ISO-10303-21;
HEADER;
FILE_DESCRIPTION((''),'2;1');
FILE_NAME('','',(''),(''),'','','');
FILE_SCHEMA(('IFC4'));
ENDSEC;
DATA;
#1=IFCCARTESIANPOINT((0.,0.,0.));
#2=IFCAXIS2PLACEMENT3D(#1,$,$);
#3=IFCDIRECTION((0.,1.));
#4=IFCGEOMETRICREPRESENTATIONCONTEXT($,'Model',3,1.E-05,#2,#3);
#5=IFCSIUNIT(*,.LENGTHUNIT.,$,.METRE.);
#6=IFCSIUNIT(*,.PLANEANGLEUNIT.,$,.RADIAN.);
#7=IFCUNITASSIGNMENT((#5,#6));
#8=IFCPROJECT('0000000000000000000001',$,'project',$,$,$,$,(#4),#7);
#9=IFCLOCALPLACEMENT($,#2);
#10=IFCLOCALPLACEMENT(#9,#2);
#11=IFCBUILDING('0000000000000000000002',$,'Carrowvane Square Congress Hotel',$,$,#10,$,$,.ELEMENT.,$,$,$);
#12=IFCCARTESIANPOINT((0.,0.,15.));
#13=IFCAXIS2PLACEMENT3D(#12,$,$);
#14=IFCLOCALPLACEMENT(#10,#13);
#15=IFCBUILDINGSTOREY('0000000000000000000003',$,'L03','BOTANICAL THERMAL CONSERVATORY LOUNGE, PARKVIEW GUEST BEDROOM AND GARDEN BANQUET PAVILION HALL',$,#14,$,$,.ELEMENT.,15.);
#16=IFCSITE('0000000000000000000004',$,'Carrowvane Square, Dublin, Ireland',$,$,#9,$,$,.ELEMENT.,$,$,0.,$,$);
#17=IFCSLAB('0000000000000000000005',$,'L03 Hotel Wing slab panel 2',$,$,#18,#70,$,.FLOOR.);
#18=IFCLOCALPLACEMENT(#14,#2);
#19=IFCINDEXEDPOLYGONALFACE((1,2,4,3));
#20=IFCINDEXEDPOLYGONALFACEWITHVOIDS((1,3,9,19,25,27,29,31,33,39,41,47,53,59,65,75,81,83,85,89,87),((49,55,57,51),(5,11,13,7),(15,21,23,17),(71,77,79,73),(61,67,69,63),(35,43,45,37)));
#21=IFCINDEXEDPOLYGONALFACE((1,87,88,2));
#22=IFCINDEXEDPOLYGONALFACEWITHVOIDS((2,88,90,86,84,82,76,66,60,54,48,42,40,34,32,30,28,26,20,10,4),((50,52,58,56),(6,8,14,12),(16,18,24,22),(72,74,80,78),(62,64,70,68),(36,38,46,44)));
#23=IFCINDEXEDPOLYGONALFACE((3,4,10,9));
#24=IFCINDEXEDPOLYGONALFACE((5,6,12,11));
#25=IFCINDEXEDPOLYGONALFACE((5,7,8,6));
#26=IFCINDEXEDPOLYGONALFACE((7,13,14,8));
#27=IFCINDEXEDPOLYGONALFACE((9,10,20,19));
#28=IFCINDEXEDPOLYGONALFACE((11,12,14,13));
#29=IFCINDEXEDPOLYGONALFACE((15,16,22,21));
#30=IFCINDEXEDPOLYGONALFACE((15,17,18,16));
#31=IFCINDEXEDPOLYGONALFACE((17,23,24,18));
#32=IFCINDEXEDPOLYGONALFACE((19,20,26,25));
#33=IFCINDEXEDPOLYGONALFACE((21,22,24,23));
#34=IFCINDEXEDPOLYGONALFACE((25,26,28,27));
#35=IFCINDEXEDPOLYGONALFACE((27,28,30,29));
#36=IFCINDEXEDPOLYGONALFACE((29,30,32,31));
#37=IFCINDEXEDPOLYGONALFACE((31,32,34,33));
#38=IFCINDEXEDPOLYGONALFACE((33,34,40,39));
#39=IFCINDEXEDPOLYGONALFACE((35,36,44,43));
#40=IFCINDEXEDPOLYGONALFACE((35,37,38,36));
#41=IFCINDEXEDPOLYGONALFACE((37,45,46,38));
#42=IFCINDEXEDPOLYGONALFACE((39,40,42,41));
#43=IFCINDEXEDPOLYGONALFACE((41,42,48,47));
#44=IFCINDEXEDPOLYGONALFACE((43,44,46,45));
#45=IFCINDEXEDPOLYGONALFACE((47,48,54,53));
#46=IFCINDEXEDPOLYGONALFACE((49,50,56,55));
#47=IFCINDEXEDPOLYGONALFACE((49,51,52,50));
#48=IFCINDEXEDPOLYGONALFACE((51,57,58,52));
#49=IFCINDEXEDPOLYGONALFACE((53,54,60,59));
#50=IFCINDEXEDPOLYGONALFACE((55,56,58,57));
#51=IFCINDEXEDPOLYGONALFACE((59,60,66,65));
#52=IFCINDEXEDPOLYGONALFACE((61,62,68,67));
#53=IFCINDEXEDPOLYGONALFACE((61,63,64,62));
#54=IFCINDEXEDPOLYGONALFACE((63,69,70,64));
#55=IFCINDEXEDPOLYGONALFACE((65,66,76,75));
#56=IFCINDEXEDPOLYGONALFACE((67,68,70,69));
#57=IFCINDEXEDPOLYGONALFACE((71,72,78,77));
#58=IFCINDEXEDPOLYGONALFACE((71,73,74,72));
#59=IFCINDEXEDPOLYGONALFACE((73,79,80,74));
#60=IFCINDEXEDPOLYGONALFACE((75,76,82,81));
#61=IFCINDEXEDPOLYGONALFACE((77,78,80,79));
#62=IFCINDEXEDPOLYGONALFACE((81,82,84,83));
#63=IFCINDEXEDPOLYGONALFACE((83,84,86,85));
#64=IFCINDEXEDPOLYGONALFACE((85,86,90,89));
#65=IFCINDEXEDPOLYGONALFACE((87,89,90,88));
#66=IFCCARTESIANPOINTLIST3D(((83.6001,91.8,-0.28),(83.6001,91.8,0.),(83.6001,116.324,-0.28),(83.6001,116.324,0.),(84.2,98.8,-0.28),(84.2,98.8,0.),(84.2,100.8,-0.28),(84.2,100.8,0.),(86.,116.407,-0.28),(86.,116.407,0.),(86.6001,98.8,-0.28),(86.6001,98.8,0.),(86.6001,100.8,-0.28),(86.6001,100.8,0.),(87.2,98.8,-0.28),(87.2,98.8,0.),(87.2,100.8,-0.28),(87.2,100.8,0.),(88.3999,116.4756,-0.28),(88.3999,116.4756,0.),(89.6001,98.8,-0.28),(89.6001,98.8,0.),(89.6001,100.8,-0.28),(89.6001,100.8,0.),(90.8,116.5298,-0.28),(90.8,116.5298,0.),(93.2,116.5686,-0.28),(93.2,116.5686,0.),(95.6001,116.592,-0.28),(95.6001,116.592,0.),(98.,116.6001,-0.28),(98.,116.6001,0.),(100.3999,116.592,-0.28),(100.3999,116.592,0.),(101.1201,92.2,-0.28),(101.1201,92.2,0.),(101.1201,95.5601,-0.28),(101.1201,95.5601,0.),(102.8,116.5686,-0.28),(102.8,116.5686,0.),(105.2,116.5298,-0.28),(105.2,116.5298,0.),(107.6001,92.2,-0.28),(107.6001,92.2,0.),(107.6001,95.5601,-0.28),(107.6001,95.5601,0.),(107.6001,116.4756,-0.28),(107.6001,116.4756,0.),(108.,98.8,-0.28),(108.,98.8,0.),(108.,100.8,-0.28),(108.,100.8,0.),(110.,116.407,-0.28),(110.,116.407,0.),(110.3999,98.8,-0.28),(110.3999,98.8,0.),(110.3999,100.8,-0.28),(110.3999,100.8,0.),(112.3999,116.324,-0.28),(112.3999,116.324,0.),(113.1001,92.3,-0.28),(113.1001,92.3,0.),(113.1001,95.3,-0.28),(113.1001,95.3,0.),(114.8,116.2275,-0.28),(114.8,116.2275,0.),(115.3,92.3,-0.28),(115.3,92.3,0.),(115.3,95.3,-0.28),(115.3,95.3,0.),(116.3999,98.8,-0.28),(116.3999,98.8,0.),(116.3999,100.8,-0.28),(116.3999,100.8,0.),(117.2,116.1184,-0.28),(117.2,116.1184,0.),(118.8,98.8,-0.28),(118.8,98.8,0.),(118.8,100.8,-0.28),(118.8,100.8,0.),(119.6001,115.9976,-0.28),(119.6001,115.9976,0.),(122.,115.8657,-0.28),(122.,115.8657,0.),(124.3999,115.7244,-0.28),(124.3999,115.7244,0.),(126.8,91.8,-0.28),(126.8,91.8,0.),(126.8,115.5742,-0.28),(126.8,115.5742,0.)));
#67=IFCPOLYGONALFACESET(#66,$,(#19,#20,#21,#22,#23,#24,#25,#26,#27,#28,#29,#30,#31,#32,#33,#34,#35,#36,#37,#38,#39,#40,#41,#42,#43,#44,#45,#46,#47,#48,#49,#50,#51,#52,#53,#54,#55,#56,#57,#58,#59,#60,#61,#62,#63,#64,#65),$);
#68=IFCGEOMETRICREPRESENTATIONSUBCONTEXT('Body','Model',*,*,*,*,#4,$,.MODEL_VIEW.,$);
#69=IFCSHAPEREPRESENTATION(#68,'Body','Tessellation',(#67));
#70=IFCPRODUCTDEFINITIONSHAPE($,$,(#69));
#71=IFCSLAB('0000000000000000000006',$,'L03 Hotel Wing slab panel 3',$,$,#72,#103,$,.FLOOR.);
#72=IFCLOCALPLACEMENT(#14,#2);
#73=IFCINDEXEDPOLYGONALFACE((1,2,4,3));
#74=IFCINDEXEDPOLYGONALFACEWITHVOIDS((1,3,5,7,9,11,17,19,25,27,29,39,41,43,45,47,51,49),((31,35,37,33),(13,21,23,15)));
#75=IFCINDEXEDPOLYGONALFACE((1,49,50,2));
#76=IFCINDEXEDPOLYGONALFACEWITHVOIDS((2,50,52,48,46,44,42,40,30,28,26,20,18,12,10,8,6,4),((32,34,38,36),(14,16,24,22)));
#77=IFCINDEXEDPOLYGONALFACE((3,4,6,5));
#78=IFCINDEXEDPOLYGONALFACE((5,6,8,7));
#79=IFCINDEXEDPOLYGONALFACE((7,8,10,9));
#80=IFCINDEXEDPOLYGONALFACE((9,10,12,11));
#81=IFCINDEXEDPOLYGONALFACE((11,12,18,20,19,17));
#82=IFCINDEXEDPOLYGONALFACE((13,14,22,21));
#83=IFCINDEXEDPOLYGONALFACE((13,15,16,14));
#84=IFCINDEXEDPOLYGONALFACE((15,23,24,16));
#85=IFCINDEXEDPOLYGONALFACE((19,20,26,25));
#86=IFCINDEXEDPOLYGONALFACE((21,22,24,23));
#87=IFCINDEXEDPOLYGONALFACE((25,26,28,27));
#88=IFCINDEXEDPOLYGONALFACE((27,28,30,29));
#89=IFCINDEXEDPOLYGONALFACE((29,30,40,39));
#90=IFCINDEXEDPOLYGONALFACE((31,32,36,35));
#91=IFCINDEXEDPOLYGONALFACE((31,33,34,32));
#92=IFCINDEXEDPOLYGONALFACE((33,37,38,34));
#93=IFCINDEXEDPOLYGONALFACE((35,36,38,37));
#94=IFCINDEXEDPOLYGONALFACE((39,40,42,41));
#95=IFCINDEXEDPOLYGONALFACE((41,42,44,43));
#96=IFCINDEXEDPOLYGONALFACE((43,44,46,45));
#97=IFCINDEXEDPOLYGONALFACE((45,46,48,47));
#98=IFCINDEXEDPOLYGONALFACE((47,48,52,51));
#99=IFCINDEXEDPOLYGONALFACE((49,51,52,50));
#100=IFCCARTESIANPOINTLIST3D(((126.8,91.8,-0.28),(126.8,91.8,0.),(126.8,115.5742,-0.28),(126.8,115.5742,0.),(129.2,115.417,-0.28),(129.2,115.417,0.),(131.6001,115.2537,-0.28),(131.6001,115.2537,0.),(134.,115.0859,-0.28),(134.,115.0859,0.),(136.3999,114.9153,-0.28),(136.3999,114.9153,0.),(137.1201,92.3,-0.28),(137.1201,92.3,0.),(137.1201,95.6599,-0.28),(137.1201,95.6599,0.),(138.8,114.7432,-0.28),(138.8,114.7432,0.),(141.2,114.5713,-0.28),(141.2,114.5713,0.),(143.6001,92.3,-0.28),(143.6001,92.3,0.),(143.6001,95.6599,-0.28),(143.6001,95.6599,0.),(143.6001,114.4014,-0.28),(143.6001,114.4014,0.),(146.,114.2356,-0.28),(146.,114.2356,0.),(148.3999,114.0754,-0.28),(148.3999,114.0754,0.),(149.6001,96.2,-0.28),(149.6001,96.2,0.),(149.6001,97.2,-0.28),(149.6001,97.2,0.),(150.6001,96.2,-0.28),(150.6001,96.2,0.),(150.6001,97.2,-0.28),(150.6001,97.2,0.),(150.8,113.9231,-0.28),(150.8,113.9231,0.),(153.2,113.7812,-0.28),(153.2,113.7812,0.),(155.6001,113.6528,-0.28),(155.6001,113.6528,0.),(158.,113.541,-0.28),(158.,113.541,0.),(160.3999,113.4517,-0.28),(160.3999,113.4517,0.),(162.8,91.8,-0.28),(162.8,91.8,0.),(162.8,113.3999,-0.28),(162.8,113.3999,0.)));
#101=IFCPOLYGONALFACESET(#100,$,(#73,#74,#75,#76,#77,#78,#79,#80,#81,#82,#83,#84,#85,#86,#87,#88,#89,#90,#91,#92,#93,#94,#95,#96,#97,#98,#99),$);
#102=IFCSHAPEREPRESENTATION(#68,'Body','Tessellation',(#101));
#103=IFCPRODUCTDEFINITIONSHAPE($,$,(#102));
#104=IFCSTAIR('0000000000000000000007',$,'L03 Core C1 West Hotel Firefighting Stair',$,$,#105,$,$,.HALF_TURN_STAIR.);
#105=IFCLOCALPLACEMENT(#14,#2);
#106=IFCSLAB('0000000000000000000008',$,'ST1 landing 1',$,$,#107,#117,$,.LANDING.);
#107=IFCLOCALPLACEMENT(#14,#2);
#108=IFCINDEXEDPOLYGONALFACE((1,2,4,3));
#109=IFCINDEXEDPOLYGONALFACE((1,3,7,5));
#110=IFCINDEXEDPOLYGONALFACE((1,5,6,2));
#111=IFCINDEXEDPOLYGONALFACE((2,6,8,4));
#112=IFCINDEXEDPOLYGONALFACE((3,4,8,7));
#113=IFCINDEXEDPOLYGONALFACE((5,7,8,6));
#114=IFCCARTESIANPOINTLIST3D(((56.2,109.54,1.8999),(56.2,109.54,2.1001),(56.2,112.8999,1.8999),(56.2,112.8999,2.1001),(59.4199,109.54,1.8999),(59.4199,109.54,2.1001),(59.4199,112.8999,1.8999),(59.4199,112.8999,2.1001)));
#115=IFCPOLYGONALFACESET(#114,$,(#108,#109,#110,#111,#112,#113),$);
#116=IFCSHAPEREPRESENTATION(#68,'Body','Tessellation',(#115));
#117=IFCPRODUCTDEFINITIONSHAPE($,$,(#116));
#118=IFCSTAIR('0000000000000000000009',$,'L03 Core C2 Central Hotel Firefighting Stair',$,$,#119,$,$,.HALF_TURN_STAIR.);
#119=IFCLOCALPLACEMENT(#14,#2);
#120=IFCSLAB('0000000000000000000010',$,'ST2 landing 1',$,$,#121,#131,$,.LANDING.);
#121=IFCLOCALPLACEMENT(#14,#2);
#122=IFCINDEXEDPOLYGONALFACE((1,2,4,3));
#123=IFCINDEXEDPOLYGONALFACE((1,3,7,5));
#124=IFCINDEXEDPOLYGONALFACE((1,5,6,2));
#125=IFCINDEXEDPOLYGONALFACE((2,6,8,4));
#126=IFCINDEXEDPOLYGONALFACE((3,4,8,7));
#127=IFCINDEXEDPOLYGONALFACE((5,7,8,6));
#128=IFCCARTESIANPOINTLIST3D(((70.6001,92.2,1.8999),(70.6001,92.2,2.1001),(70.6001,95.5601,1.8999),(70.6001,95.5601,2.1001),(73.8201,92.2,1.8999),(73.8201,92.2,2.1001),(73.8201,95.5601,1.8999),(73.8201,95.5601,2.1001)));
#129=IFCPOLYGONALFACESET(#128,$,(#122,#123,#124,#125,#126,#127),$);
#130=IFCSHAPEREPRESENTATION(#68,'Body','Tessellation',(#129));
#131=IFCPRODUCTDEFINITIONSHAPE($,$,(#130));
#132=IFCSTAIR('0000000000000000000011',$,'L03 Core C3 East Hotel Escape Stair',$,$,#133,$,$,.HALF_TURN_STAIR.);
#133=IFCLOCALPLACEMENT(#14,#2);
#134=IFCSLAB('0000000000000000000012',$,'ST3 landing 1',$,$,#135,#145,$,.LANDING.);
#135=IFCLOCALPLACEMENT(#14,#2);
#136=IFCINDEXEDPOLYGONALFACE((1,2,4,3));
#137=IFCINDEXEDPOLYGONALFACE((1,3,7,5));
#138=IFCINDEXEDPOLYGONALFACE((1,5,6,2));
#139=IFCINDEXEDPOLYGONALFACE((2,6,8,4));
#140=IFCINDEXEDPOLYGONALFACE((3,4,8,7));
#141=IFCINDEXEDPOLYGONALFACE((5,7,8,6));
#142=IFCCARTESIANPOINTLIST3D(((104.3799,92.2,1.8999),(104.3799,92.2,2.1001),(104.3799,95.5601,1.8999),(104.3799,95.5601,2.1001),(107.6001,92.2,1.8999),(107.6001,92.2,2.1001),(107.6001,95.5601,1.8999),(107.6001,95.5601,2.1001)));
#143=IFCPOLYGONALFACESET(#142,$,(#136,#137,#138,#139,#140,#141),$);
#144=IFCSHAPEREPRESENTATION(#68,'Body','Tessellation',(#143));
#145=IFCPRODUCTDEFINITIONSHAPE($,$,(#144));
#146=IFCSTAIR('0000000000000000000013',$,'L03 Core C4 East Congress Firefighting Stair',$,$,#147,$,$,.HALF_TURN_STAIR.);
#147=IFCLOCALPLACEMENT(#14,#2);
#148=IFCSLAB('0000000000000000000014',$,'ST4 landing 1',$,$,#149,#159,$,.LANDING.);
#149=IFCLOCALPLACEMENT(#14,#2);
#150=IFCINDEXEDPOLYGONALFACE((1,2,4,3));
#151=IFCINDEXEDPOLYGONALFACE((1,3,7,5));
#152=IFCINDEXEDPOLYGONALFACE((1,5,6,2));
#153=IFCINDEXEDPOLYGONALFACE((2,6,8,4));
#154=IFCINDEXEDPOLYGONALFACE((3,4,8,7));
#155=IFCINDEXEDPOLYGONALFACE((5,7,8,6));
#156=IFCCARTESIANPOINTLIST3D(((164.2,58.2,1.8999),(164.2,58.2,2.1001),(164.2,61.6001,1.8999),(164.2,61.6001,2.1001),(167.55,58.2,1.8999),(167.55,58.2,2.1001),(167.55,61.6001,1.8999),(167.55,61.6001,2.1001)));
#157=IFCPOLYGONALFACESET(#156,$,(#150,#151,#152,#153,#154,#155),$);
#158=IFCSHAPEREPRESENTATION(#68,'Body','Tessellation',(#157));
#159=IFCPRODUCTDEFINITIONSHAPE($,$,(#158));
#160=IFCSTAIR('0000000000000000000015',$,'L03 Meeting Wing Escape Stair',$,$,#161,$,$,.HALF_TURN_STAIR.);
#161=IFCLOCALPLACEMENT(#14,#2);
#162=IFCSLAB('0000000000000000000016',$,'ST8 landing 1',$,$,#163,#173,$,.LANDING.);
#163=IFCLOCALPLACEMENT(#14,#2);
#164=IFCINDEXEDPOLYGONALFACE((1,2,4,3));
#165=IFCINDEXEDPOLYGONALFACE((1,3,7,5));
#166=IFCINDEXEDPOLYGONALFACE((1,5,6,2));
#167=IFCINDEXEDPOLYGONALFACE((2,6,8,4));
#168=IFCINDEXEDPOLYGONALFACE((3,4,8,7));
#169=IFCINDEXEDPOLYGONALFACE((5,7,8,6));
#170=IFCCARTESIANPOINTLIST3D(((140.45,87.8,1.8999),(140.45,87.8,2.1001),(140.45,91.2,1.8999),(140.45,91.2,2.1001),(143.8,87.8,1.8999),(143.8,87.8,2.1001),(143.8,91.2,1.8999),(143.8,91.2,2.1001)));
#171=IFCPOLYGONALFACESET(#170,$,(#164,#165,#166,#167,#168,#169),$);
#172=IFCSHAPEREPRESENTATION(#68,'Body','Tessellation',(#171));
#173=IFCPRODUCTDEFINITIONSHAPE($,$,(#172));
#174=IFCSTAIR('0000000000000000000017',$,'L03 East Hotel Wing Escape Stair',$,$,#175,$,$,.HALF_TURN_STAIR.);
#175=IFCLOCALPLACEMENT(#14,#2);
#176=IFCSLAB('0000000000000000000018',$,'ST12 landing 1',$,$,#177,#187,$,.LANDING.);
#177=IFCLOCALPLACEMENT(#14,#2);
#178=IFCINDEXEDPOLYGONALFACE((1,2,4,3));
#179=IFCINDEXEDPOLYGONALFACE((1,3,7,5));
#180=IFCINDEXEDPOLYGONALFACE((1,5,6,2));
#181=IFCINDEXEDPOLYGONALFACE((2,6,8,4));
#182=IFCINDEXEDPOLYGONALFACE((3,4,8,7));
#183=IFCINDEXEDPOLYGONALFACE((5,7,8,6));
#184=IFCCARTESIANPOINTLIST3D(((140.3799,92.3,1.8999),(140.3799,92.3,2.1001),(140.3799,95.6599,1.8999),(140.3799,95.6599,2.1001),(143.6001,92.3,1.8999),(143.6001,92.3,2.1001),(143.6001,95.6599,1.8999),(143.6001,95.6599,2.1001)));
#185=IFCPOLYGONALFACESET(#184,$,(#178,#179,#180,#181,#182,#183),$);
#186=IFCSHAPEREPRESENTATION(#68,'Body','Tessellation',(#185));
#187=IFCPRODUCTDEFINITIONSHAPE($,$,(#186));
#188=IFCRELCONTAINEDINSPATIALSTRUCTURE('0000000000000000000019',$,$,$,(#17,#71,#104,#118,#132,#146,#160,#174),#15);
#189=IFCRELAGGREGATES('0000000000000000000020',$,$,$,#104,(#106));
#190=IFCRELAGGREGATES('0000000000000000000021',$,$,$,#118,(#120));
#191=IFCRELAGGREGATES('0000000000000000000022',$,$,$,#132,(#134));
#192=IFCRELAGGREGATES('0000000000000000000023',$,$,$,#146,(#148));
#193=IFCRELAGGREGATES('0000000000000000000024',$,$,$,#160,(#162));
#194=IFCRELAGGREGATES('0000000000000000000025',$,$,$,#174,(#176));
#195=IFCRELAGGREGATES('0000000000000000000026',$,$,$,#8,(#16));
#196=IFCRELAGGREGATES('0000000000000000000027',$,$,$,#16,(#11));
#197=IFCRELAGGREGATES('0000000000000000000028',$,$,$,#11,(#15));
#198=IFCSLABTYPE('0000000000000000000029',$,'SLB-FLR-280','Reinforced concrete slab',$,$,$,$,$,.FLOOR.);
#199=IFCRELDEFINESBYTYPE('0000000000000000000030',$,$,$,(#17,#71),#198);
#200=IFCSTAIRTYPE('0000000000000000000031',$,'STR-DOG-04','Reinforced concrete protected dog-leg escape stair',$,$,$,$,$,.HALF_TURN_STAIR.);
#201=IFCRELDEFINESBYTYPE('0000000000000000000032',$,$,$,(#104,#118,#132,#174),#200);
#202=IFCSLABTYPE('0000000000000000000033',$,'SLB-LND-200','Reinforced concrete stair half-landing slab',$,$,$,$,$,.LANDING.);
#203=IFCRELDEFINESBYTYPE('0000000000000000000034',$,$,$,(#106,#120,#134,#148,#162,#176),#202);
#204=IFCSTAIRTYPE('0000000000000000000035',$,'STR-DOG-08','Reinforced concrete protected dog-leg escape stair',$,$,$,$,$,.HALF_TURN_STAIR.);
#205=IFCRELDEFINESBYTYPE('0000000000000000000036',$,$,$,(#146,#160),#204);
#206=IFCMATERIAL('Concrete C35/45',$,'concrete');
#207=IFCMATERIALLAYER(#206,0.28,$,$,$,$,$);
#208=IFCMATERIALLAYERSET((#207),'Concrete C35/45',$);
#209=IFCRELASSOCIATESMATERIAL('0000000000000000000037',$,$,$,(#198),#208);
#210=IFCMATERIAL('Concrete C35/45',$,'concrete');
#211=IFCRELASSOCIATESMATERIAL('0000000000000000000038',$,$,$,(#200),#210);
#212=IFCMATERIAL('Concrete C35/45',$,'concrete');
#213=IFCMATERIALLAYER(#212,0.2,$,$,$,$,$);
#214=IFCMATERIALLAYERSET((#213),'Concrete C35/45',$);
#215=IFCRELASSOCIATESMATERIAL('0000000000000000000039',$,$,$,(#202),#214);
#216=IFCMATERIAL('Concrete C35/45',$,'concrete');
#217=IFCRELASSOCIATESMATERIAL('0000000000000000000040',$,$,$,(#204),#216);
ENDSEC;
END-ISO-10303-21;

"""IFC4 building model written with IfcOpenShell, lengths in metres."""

from ifc_helpers import new_model, si_unit, direction, frame, origin, place, context, subcontext, project, spatial, polyline, outline, extrude, material, layer, layer_set, type_object, element, aggregate, save


model = new_model("IFC4")

# Units and contexts
model_context = context("Model", 3, precision=1e-05, world=origin(), true_north=direction((0.0, 1.0)))
body_context = subcontext(model_context, "Body", "Model", "MODEL_VIEW")
ifc_project = project(units=[si_unit("LENGTHUNIT", "METRE"), si_unit("PLANEANGLEUNIT", "RADIAN")], contexts=[model_context])

# Site, building, storey
site_placement = place(None, origin())
site = spatial("IfcSite", under=ifc_project, at=site_placement, Name="Carrowvane Square, Dublin, Ireland", CompositionType="ELEMENT", RefElevation=0.0)
building_placement = place(site_placement, origin())
building = spatial("IfcBuilding", under=site, at=building_placement, Name="Carrowvane Square Congress Hotel", CompositionType="ELEMENT")
storey_placement = place(building_placement, frame((0.0, 0.0, 15.0)))
storey = spatial("IfcBuildingStorey", under=building, at=storey_placement, Name="L03", Description="BOTANICAL THERMAL CONSERVATORY LOUNGE, PARKVIEW GUEST BEDROOM AND GARDEN BANQUET PAVILION HALL", CompositionType="ELEMENT", Elevation=15.0)

# Slabs
ifc_material_1 = material(Name="Concrete C35/45", Category="concrete")
ifc_layer_1 = layer(ifc_material_1, 0.28)
ifc_layer_set_1 = layer_set([ifc_layer_1], Name="Concrete C35/45")
slab_type_1 = type_object("IfcSlabType", Name="SLB-FLR-280", Description="Reinforced concrete slab", PredefinedType="FLOOR", material=ifc_layer_set_1)
slab_1_placement = place(storey_placement, frame((0.0, 0.0, -0.28)))
element("IfcSlab", 1, at=slab_1_placement, inside=storey, type_object=slab_type_1, Name="L03 Hotel Wing slab panel 2", PredefinedType="FLOOR", context=body_context, shape_type="SweptSolid", body=[
    extrude(outline(polyline([(83.6001, 91.8), (126.8, 91.8), (126.8, 115.5742), (124.3999, 115.7244), (122.0, 115.8657), (119.6001, 115.9976), (117.2, 116.1184), (114.8, 116.2275), (112.3999, 116.324), (110.0, 116.407), (107.6001, 116.4756), (105.2, 116.5298), (102.8, 116.5686), (100.3999, 116.592), (98.0, 116.6001), (95.6001, 116.592), (93.2, 116.5686), (90.8, 116.5298), (88.3999, 116.4756), (86.0, 116.407), (83.6001, 116.324), (83.6001, 91.8)]), holes=[polyline([(101.1201, 92.2), (107.6001, 92.2), (107.6001, 95.5601), (101.1201, 95.5601), (101.1201, 92.2)]), polyline([(84.2, 98.8), (86.6001, 98.8), (86.6001, 100.8), (84.2, 100.8), (84.2, 98.8)]), polyline([(87.2, 98.8), (89.6001, 98.8), (89.6001, 100.8), (87.2, 100.8), (87.2, 98.8)]), polyline([(108.0, 98.8), (110.3999, 98.8), (110.3999, 100.8), (108.0, 100.8), (108.0, 98.8)]), polyline([(116.3999, 98.8), (118.8, 98.8), (118.8, 100.8), (116.3999, 100.8), (116.3999, 98.8)]), polyline([(113.1001, 92.3), (115.3, 92.3), (115.3, 95.3), (113.1001, 95.3), (113.1001, 92.3)])]), origin(), (0.0, 0.0, 1.0), 0.28),
])
slab_2_placement = place(storey_placement, frame((0.0, 0.0, -0.28)))
element("IfcSlab", 2, at=slab_2_placement, inside=storey, type_object=slab_type_1, Name="L03 Hotel Wing slab panel 3", PredefinedType="FLOOR", context=body_context, shape_type="SweptSolid", body=[
    extrude(outline(polyline([(126.8, 91.8), (162.8, 91.8), (162.8, 113.3999), (160.3999, 113.4517), (158.0, 113.541), (155.6001, 113.6528), (153.2, 113.7812), (150.8, 113.9231), (148.3999, 114.0754), (146.0, 114.2356), (143.6001, 114.4014), (141.2, 114.5713), (138.8, 114.7432), (136.3999, 114.9153), (134.0, 115.0859), (131.6001, 115.2537), (129.2, 115.417), (126.8, 115.5742), (126.8, 91.8)]), holes=[polyline([(137.1201, 92.3), (143.6001, 92.3), (143.6001, 95.6599), (137.1201, 95.6599), (137.1201, 92.3)]), polyline([(149.6001, 96.2), (150.6001, 96.2), (150.6001, 97.2), (149.6001, 97.2), (149.6001, 96.2)])]), origin(), (0.0, 0.0, 1.0), 0.28),
])

# Stairs, slabs
ifc_material_2 = material(Name="Concrete C35/45", Category="concrete")
stair_type_1 = type_object("IfcStairType", Name="STR-DOG-04", Description="Reinforced concrete protected dog-leg escape stair", PredefinedType="HALF_TURN_STAIR", material=ifc_material_2)
stair_1_placement = place(storey_placement, origin())
stair_1 = element("IfcStair", 3, at=stair_1_placement, inside=storey, type_object=stair_type_1, Name="L03 Core C1 West Hotel Firefighting Stair", PredefinedType="HALF_TURN_STAIR")
ifc_material_3 = material(Name="Concrete C35/45", Category="concrete")
ifc_layer_2 = layer(ifc_material_3, 0.2)
ifc_layer_set_2 = layer_set([ifc_layer_2], Name="Concrete C35/45")
slab_type_2 = type_object("IfcSlabType", Name="SLB-LND-200", Description="Reinforced concrete stair half-landing slab", PredefinedType="LANDING", material=ifc_layer_set_2)
slab_3_placement = place(storey_placement, frame((0.0, 0.0, 1.8999)))
slab_3 = element("IfcSlab", 4, at=slab_3_placement, type_object=slab_type_2, Name="ST1 landing 1", PredefinedType="LANDING", context=body_context, shape_type="SweptSolid", body=[
    extrude(outline(polyline([(59.4199, 112.8999), (56.2, 112.8999), (56.2, 109.54), (59.4199, 109.54), (59.4199, 112.8999)])), origin(), (0.0, 0.0, 1.0), 0.2002),
])
aggregate(stair_1, [slab_3])
stair_2_placement = place(storey_placement, origin())
stair_2 = element("IfcStair", 5, at=stair_2_placement, inside=storey, type_object=stair_type_1, Name="L03 Core C2 Central Hotel Firefighting Stair", PredefinedType="HALF_TURN_STAIR")
slab_4_placement = place(storey_placement, frame((0.0, 0.0, 1.8999)))
slab_4 = element("IfcSlab", 6, at=slab_4_placement, type_object=slab_type_2, Name="ST2 landing 1", PredefinedType="LANDING", context=body_context, shape_type="SweptSolid", body=[
    extrude(outline(polyline([(73.8201, 95.5601), (70.6001, 95.5601), (70.6001, 92.2), (73.8201, 92.2), (73.8201, 95.5601)])), origin(), (0.0, 0.0, 1.0), 0.2002),
])
aggregate(stair_2, [slab_4])
stair_3_placement = place(storey_placement, origin())
stair_3 = element("IfcStair", 7, at=stair_3_placement, inside=storey, type_object=stair_type_1, Name="L03 Core C3 East Hotel Escape Stair", PredefinedType="HALF_TURN_STAIR")
slab_5_placement = place(storey_placement, frame((0.0, 0.0, 1.8999)))
slab_5 = element("IfcSlab", 8, at=slab_5_placement, type_object=slab_type_2, Name="ST3 landing 1", PredefinedType="LANDING", context=body_context, shape_type="SweptSolid", body=[
    extrude(outline(polyline([(104.3799, 92.2), (107.6001, 92.2), (107.6001, 95.5601), (104.3799, 95.5601), (104.3799, 92.2)])), origin(), (0.0, 0.0, 1.0), 0.2002),
])
aggregate(stair_3, [slab_5])
ifc_material_4 = material(Name="Concrete C35/45", Category="concrete")
stair_type_2 = type_object("IfcStairType", Name="STR-DOG-08", Description="Reinforced concrete protected dog-leg escape stair", PredefinedType="HALF_TURN_STAIR", material=ifc_material_4)
stair_4_placement = place(storey_placement, origin())
stair_4 = element("IfcStair", 9, at=stair_4_placement, inside=storey, type_object=stair_type_2, Name="L03 Core C4 East Congress Firefighting Stair", PredefinedType="HALF_TURN_STAIR")
slab_6_placement = place(storey_placement, frame((0.0, 0.0, 1.8999)))
slab_6 = element("IfcSlab", 10, at=slab_6_placement, type_object=slab_type_2, Name="ST4 landing 1", PredefinedType="LANDING", context=body_context, shape_type="SweptSolid", body=[
    extrude(outline(polyline([(167.55, 61.6001), (164.2, 61.6001), (164.2, 58.2), (167.55, 58.2), (167.55, 61.6001)])), origin(), (0.0, 0.0, 1.0), 0.2002),
])
aggregate(stair_4, [slab_6])
stair_5_placement = place(storey_placement, origin())
stair_5 = element("IfcStair", 11, at=stair_5_placement, inside=storey, type_object=stair_type_2, Name="L03 Meeting Wing Escape Stair", PredefinedType="HALF_TURN_STAIR")
slab_7_placement = place(storey_placement, frame((0.0, 0.0, 1.8999)))
slab_7 = element("IfcSlab", 12, at=slab_7_placement, type_object=slab_type_2, Name="ST8 landing 1", PredefinedType="LANDING", context=body_context, shape_type="SweptSolid", body=[
    extrude(outline(polyline([(140.45, 87.8), (143.8, 87.8), (143.8, 91.2), (140.45, 91.2), (140.45, 87.8)])), origin(), (0.0, 0.0, 1.0), 0.2002),
])
aggregate(stair_5, [slab_7])
stair_6_placement = place(storey_placement, origin())
stair_6 = element("IfcStair", 13, at=stair_6_placement, inside=storey, type_object=stair_type_1, Name="L03 East Hotel Wing Escape Stair", PredefinedType="HALF_TURN_STAIR")
slab_8_placement = place(storey_placement, frame((0.0, 0.0, 1.8999)))
slab_8 = element("IfcSlab", 14, at=slab_8_placement, type_object=slab_type_2, Name="ST12 landing 1", PredefinedType="LANDING", context=body_context, shape_type="SweptSolid", body=[
    extrude(outline(polyline([(140.3799, 92.3), (143.6001, 92.3), (143.6001, 95.6599), (140.3799, 95.6599), (140.3799, 92.3)])), origin(), (0.0, 0.0, 1.0), 0.2002),
])
aggregate(stair_6, [slab_8])

save(model, "model.ifc")
